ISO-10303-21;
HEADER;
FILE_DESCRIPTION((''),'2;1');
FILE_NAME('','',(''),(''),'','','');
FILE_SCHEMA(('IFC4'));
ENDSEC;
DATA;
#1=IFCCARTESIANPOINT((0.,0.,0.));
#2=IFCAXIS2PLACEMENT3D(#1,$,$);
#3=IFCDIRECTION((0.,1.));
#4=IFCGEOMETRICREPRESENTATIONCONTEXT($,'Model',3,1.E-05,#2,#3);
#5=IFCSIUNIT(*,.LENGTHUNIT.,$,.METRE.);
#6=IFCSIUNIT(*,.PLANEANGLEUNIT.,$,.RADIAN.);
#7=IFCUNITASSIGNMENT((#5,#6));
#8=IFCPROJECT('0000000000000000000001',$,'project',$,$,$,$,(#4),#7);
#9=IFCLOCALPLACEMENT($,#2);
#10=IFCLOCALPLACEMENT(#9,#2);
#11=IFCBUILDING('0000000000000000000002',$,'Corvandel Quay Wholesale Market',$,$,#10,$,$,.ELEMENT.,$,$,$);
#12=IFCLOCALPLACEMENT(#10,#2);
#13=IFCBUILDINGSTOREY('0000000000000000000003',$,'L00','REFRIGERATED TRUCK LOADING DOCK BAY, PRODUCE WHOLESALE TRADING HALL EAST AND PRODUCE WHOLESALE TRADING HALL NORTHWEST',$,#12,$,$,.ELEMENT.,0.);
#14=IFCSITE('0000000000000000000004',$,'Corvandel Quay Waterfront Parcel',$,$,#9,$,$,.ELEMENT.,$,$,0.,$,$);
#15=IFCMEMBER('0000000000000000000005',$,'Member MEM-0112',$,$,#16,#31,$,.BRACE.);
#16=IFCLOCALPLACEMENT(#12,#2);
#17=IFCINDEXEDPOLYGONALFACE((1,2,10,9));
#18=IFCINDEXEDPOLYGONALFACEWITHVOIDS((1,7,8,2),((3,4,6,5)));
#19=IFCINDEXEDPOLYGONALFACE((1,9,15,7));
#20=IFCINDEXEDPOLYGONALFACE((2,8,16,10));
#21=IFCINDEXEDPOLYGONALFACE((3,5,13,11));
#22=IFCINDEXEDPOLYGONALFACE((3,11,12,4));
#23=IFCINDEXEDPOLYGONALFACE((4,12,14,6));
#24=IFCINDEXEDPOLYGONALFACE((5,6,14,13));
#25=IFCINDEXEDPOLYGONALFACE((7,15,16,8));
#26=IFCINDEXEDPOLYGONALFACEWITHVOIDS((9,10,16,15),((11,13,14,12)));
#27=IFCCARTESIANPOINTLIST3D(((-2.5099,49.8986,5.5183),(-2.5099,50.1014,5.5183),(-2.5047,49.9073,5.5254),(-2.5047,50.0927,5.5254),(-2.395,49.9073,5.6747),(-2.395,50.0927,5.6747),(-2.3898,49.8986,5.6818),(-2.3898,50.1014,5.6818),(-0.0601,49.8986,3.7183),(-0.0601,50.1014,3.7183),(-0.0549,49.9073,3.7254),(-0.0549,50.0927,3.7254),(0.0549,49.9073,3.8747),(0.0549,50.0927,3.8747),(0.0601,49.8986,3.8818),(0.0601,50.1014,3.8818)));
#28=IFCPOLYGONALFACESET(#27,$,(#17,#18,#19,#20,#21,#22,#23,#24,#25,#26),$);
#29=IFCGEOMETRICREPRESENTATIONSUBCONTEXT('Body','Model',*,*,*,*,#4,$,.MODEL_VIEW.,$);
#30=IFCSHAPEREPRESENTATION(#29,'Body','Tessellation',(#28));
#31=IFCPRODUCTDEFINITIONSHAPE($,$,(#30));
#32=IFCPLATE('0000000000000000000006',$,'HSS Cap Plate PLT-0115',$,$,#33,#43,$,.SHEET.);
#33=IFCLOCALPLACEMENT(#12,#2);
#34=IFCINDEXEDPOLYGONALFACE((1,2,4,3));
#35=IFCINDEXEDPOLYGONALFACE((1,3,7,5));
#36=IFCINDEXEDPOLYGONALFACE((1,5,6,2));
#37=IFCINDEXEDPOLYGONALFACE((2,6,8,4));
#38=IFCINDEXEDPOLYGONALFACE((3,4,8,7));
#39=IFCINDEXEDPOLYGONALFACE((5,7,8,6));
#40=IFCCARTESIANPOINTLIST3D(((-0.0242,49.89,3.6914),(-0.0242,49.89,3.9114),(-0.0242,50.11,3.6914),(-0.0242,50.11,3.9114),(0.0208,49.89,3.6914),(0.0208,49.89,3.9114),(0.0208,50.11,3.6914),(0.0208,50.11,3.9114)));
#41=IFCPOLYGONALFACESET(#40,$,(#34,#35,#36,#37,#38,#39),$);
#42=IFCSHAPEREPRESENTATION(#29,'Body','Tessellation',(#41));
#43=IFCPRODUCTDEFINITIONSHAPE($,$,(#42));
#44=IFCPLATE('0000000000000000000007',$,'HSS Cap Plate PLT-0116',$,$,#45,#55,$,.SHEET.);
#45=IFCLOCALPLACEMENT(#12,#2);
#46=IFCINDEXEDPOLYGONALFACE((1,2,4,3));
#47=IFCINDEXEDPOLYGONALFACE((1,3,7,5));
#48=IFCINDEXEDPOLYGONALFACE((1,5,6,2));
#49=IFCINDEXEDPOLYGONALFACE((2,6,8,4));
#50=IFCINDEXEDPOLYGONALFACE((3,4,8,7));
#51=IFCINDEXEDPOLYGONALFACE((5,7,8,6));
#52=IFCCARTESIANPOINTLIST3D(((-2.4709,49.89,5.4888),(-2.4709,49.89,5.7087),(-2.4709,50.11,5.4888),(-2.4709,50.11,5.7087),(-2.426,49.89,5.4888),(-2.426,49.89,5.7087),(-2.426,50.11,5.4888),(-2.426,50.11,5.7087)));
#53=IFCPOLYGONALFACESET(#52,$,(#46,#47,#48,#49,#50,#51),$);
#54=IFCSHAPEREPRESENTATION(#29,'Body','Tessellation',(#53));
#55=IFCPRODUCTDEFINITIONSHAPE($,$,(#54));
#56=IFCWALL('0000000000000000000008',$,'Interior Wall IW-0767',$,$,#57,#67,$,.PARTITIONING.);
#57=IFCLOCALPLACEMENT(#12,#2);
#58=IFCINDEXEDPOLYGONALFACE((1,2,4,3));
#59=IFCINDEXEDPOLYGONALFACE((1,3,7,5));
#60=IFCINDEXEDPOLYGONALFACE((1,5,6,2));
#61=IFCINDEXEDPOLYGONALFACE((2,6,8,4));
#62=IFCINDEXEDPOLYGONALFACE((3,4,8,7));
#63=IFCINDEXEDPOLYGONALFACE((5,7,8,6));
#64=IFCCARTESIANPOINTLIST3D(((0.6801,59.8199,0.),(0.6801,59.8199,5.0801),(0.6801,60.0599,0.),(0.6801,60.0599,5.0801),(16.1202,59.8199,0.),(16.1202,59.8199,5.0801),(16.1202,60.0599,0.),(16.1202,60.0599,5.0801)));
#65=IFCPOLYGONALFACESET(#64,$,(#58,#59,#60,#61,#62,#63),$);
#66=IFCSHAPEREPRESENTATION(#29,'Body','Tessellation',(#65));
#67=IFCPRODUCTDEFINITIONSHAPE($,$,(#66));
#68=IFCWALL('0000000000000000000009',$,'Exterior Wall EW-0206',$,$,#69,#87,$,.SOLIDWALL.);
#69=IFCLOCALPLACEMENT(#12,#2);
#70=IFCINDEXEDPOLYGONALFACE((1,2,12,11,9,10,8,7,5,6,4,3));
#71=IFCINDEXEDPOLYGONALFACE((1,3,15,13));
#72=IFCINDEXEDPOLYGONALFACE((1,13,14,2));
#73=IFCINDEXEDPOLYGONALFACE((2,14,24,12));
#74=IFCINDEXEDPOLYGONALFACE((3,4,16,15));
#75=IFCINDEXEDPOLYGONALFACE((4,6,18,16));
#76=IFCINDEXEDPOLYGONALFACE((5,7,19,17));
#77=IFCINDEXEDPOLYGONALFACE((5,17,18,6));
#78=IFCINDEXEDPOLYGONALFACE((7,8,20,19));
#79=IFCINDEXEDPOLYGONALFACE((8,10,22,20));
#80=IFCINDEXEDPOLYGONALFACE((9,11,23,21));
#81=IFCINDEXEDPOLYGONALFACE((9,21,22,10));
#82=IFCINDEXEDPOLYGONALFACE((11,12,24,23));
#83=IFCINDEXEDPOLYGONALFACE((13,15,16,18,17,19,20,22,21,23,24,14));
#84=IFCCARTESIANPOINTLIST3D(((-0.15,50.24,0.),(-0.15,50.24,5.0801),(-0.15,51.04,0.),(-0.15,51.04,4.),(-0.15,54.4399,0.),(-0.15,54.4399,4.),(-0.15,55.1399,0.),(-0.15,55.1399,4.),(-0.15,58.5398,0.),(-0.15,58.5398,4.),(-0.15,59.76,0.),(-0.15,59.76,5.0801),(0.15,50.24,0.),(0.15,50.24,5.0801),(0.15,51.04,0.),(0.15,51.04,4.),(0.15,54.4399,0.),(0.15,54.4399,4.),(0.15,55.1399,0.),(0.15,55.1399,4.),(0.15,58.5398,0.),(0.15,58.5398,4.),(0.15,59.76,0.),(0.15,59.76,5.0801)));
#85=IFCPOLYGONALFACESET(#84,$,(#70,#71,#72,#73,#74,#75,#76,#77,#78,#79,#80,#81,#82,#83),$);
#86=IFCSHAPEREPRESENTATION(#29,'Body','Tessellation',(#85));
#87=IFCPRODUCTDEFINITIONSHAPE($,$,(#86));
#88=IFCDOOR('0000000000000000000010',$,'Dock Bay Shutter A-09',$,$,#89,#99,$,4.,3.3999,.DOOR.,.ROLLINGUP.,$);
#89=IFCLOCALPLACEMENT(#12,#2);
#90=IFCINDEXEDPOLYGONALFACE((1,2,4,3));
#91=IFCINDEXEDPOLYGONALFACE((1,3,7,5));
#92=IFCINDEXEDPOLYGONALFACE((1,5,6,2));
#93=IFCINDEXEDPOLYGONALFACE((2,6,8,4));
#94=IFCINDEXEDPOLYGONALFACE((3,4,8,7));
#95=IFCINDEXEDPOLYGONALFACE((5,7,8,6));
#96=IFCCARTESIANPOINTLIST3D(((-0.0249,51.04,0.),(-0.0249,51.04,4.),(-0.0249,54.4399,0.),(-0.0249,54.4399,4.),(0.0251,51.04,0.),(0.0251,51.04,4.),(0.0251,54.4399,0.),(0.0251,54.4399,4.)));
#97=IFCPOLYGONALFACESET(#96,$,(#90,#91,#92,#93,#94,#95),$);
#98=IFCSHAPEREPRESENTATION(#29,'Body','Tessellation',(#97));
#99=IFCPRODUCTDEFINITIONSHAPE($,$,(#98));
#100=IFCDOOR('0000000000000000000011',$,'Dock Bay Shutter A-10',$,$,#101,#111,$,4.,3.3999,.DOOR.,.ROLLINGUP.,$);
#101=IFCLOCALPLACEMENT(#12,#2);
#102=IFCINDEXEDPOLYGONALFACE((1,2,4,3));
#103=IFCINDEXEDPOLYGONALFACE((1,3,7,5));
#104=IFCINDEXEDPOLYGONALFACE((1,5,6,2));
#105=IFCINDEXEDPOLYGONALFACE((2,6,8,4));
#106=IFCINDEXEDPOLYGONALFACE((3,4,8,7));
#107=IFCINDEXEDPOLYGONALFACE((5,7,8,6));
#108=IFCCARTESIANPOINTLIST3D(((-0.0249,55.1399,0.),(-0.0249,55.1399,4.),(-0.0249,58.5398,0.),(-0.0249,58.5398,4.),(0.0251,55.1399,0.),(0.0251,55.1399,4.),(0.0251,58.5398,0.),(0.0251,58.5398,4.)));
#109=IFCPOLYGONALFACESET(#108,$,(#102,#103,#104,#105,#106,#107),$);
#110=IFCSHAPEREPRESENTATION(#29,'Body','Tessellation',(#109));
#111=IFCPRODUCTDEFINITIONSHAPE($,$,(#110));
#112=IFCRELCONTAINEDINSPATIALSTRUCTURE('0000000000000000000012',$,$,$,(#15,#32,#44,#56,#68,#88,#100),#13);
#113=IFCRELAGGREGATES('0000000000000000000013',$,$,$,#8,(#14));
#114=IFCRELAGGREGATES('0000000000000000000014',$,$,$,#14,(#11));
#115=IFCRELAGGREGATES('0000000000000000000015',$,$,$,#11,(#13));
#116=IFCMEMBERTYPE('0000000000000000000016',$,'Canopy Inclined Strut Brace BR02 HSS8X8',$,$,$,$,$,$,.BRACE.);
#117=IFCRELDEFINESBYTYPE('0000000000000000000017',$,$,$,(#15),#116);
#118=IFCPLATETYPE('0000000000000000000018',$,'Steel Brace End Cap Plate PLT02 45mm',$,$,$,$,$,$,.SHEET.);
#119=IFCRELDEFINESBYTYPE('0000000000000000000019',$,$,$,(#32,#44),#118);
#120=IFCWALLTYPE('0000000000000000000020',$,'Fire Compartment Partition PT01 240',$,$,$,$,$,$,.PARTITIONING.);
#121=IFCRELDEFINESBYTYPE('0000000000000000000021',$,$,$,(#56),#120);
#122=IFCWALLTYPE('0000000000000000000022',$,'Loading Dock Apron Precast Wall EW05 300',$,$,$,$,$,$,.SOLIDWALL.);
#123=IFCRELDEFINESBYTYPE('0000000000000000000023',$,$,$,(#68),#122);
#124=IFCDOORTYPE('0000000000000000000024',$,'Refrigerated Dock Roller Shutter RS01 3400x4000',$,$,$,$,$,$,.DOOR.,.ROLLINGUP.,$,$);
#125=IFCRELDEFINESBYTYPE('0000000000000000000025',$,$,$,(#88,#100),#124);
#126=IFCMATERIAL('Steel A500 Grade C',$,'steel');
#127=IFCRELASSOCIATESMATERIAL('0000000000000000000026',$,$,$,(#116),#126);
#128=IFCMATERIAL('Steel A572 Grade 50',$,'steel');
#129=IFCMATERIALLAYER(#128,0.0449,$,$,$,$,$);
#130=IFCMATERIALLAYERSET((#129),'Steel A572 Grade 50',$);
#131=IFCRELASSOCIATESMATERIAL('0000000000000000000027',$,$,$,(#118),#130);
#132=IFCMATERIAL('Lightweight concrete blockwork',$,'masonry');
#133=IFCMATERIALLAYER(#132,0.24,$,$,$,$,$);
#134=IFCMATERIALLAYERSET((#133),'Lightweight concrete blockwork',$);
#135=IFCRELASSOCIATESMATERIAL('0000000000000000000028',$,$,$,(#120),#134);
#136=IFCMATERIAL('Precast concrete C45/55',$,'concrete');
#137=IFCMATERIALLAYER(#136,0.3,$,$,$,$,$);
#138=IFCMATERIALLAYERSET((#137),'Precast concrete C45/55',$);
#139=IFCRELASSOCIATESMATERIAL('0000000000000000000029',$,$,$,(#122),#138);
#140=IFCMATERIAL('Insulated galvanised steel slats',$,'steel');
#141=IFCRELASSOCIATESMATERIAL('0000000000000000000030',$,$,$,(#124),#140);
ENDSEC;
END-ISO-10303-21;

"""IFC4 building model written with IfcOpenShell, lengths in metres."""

from ifc_helpers import new_model, si_unit, direction, frame, frame_2d, origin, origin_2d, place, context, subcontext, project, spatial, rectangle, hollow_rectangle, extrude, material, layer, layer_set, material_profile, profile_set, type_object, element, fill, save


model = new_model("IFC4")

# Units and contexts
model_context = context("Model", 3, precision=1e-05, world=origin(), true_north=direction((0.0, 1.0)))
body_context = subcontext(model_context, "Body", "Model", "MODEL_VIEW")
ifc_project = project(units=[si_unit("LENGTHUNIT", "METRE"), si_unit("PLANEANGLEUNIT", "RADIAN")], contexts=[model_context])

# Site, building, storey
site_placement = place(None, origin())
site = spatial("IfcSite", under=ifc_project, at=site_placement, Name="Corvandel Quay Waterfront Parcel", CompositionType="ELEMENT", RefElevation=0.0)
building_placement = place(site_placement, origin())
building = spatial("IfcBuilding", under=site, at=building_placement, Name="Corvandel Quay Wholesale Market", CompositionType="ELEMENT")
storey_placement = place(building_placement, origin())
storey = spatial("IfcBuildingStorey", under=building, at=storey_placement, Name="L00", Description="REFRIGERATED TRUCK LOADING DOCK BAY, PRODUCE WHOLESALE TRADING HALL EAST AND PRODUCE WHOLESALE TRADING HALL NORTHWEST", CompositionType="ELEMENT", Elevation=0.0)

# Shared definitions
ifc_material_1 = material(Name="Precast concrete C45/55", Category="concrete")

# Member
ifc_material_2 = material(Name="Steel A500 Grade C", Category="steel")
ifc_material_profile_1 = material_profile(ifc_material_2, hollow_rectangle(XDim=0.2029, YDim=0.2029, WallThickness=0.0088, at=origin_2d()), Name="HSS8X8X3/8")
ifc_profile_set_1 = profile_set([ifc_material_profile_1], Name="Steel A500 Grade C")
member_type = type_object("IfcMemberType", Name="Canopy Inclined Strut Brace BR02 HSS8X8", PredefinedType="BRACE", material=ifc_profile_set_1)
member_placement = place(storey_placement, frame((0.0, 50.0, 3.8), z_axis=(-0.805869, 0.0, 0.592095), x_axis=(0.0, -1.0, 0.0)))
element("IfcMember", 1, at=member_placement, inside=storey, type_object=member_type, Name="Member MEM-0112", PredefinedType="BRACE", context=body_context, shape_type="SweptSolid", body=[
    extrude(hollow_rectangle(XDim=0.2029, YDim=0.2029, WallThickness=0.0088, at=origin_2d()), origin(), (0.0, 0.0, 1.0), 3.04),
])

# Plates
ifc_material_3 = material(Name="Steel A572 Grade 50", Category="steel")
ifc_layer_1 = layer(ifc_material_3, 0.0449)
ifc_layer_set_1 = layer_set([ifc_layer_1], Name="Steel A572 Grade 50")
plate_type = type_object("IfcPlateType", Name="Steel Brace End Cap Plate PLT02 45mm", PredefinedType="SHEET", material=ifc_layer_set_1)
for number, where, z_axis, x_axis, name in (
    (2, (-0.0017, 50.0, 3.6914), (0.0, 0.0, 1.0), (0.0, 1.0, 0.0), "HSS Cap Plate PLT-0115"),
    (3, (-2.4485, 50.0, 5.4888), (0.0, 0.0, 1.0), (0.0, 1.0, 0.0), "HSS Cap Plate PLT-0116"),
):
    element("IfcPlate", number, at=place(storey_placement, frame(where, z_axis=z_axis, x_axis=x_axis)), inside=storey, type_object=plate_type, Name=name, PredefinedType="SHEET", context=body_context, shape_type="SweptSolid", body=[
        extrude(rectangle(XDim=0.22, YDim=0.0449, at=origin_2d()), origin(), (0.0, 0.0, 1.0), 0.22),
    ])

# Wall
ifc_material_4 = material(Name="Lightweight concrete blockwork", Category="masonry")
ifc_layer_2 = layer(ifc_material_4, 0.24)
ifc_layer_set_2 = layer_set([ifc_layer_2], Name="Lightweight concrete blockwork")
wall_type_1 = type_object("IfcWallType", Name="Fire Compartment Partition PT01 240", PredefinedType="PARTITIONING", material=ifc_layer_set_2)
wall_1_placement = place(storey_placement, frame((0.6799, 59.9399, 0.0), z_axis=(0.0, 0.0, 1.0), x_axis=(1.0, 0.0, 0.0)))
element("IfcWall", 4, at=wall_1_placement, inside=storey, type_object=wall_type_1, Name="Interior Wall IW-0767", PredefinedType="PARTITIONING", context=body_context, shape_type="SweptSolid", body=[
    extrude(rectangle(XDim=15.4402, YDim=0.24, at=frame_2d((7.7202, 0.0))), origin(), (0.0, 0.0, 1.0), 5.0801),
])

# Wall, openings, doors
ifc_layer_3 = layer(ifc_material_1, 0.3)
ifc_layer_set_3 = layer_set([ifc_layer_3], Name="Precast concrete C45/55")
wall_type_2 = type_object("IfcWallType", Name="Loading Dock Apron Precast Wall EW05 300", PredefinedType="SOLIDWALL", material=ifc_layer_set_3)
wall_2_placement = place(storey_placement, frame((0.0, 50.24, 0.0), z_axis=(0.0, 0.0, 1.0), x_axis=(0.0, 1.0, 0.0)))
wall_2 = element("IfcWall", 5, at=wall_2_placement, inside=storey, type_object=wall_type_2, Name="Exterior Wall EW-0206", PredefinedType="SOLIDWALL", context=body_context, shape_type="SweptSolid", body=[
    extrude(rectangle(XDim=9.52, YDim=0.3, at=frame_2d((4.76, 0.0))), origin(), (0.0, 0.0, 1.0), 5.0801),
])
opening_1_placement = place(wall_2_placement, frame((0.8, 0.0, 0.0)))
opening_1 = element("IfcOpeningElement", 6, at=opening_1_placement, cuts=wall_2, PredefinedType="OPENING", context=body_context, shape_type="SweptSolid", body=[
    extrude(rectangle(XDim=3.3999, YDim=4.0, at=frame_2d((1.7, 2.0))), frame((0.0, 0.1599, 0.0), z_axis=(0.0, -1.0, 0.0), x_axis=(1.0, 0.0, 0.0)), (0.0, 0.0, 1.0), 0.3201),
])
opening_2_placement = place(wall_2_placement, frame((4.8999, 0.0, 0.0)))
opening_2 = element("IfcOpeningElement", 7, at=opening_2_placement, cuts=wall_2, PredefinedType="OPENING", context=body_context, shape_type="SweptSolid", body=[
    extrude(rectangle(XDim=3.3999, YDim=4.0, at=frame_2d((1.7, 2.0))), frame((0.0, 0.1599, 0.0), z_axis=(0.0, -1.0, 0.0), x_axis=(1.0, 0.0, 0.0)), (0.0, 0.0, 1.0), 0.3201),
])
ifc_material_5 = material(Name="Insulated galvanised steel slats", Category="steel")
door_type = type_object("IfcDoorType", Name="Refrigerated Dock Roller Shutter RS01 3400x4000", OperationType="ROLLINGUP", PredefinedType="DOOR", material=ifc_material_5)
door_1_placement = place(opening_1_placement, origin())
door_1 = element("IfcDoor", 8, at=door_1_placement, inside=storey, type_object=door_type, Name="Dock Bay Shutter A-09", OperationType="ROLLINGUP", OverallHeight=4.0, OverallWidth=3.3999, PredefinedType="DOOR", context=body_context, shape_type="SweptSolid", body=[
    extrude(rectangle(XDim=3.3999, YDim=4.0, at=frame_2d((1.7, 2.0))), frame((0.0, 0.0249, 0.0), z_axis=(0.0, -1.0, 0.0), x_axis=(1.0, 0.0, 0.0)), (0.0, 0.0, 1.0), 0.05),
])
fill(opening_1, door_1)
door_2_placement = place(opening_2_placement, origin())
door_2 = element("IfcDoor", 9, at=door_2_placement, inside=storey, type_object=door_type, Name="Dock Bay Shutter A-10", OperationType="ROLLINGUP", OverallHeight=4.0, OverallWidth=3.3999, PredefinedType="DOOR", context=body_context, shape_type="SweptSolid", body=[
    extrude(rectangle(XDim=3.3999, YDim=4.0, at=frame_2d((1.7, 2.0))), frame((0.0, 0.0249, 0.0), z_axis=(0.0, -1.0, 0.0), x_axis=(1.0, 0.0, 0.0)), (0.0, 0.0, 1.0), 0.05),
])
fill(opening_2, door_2)

save(model, "model.ifc")
